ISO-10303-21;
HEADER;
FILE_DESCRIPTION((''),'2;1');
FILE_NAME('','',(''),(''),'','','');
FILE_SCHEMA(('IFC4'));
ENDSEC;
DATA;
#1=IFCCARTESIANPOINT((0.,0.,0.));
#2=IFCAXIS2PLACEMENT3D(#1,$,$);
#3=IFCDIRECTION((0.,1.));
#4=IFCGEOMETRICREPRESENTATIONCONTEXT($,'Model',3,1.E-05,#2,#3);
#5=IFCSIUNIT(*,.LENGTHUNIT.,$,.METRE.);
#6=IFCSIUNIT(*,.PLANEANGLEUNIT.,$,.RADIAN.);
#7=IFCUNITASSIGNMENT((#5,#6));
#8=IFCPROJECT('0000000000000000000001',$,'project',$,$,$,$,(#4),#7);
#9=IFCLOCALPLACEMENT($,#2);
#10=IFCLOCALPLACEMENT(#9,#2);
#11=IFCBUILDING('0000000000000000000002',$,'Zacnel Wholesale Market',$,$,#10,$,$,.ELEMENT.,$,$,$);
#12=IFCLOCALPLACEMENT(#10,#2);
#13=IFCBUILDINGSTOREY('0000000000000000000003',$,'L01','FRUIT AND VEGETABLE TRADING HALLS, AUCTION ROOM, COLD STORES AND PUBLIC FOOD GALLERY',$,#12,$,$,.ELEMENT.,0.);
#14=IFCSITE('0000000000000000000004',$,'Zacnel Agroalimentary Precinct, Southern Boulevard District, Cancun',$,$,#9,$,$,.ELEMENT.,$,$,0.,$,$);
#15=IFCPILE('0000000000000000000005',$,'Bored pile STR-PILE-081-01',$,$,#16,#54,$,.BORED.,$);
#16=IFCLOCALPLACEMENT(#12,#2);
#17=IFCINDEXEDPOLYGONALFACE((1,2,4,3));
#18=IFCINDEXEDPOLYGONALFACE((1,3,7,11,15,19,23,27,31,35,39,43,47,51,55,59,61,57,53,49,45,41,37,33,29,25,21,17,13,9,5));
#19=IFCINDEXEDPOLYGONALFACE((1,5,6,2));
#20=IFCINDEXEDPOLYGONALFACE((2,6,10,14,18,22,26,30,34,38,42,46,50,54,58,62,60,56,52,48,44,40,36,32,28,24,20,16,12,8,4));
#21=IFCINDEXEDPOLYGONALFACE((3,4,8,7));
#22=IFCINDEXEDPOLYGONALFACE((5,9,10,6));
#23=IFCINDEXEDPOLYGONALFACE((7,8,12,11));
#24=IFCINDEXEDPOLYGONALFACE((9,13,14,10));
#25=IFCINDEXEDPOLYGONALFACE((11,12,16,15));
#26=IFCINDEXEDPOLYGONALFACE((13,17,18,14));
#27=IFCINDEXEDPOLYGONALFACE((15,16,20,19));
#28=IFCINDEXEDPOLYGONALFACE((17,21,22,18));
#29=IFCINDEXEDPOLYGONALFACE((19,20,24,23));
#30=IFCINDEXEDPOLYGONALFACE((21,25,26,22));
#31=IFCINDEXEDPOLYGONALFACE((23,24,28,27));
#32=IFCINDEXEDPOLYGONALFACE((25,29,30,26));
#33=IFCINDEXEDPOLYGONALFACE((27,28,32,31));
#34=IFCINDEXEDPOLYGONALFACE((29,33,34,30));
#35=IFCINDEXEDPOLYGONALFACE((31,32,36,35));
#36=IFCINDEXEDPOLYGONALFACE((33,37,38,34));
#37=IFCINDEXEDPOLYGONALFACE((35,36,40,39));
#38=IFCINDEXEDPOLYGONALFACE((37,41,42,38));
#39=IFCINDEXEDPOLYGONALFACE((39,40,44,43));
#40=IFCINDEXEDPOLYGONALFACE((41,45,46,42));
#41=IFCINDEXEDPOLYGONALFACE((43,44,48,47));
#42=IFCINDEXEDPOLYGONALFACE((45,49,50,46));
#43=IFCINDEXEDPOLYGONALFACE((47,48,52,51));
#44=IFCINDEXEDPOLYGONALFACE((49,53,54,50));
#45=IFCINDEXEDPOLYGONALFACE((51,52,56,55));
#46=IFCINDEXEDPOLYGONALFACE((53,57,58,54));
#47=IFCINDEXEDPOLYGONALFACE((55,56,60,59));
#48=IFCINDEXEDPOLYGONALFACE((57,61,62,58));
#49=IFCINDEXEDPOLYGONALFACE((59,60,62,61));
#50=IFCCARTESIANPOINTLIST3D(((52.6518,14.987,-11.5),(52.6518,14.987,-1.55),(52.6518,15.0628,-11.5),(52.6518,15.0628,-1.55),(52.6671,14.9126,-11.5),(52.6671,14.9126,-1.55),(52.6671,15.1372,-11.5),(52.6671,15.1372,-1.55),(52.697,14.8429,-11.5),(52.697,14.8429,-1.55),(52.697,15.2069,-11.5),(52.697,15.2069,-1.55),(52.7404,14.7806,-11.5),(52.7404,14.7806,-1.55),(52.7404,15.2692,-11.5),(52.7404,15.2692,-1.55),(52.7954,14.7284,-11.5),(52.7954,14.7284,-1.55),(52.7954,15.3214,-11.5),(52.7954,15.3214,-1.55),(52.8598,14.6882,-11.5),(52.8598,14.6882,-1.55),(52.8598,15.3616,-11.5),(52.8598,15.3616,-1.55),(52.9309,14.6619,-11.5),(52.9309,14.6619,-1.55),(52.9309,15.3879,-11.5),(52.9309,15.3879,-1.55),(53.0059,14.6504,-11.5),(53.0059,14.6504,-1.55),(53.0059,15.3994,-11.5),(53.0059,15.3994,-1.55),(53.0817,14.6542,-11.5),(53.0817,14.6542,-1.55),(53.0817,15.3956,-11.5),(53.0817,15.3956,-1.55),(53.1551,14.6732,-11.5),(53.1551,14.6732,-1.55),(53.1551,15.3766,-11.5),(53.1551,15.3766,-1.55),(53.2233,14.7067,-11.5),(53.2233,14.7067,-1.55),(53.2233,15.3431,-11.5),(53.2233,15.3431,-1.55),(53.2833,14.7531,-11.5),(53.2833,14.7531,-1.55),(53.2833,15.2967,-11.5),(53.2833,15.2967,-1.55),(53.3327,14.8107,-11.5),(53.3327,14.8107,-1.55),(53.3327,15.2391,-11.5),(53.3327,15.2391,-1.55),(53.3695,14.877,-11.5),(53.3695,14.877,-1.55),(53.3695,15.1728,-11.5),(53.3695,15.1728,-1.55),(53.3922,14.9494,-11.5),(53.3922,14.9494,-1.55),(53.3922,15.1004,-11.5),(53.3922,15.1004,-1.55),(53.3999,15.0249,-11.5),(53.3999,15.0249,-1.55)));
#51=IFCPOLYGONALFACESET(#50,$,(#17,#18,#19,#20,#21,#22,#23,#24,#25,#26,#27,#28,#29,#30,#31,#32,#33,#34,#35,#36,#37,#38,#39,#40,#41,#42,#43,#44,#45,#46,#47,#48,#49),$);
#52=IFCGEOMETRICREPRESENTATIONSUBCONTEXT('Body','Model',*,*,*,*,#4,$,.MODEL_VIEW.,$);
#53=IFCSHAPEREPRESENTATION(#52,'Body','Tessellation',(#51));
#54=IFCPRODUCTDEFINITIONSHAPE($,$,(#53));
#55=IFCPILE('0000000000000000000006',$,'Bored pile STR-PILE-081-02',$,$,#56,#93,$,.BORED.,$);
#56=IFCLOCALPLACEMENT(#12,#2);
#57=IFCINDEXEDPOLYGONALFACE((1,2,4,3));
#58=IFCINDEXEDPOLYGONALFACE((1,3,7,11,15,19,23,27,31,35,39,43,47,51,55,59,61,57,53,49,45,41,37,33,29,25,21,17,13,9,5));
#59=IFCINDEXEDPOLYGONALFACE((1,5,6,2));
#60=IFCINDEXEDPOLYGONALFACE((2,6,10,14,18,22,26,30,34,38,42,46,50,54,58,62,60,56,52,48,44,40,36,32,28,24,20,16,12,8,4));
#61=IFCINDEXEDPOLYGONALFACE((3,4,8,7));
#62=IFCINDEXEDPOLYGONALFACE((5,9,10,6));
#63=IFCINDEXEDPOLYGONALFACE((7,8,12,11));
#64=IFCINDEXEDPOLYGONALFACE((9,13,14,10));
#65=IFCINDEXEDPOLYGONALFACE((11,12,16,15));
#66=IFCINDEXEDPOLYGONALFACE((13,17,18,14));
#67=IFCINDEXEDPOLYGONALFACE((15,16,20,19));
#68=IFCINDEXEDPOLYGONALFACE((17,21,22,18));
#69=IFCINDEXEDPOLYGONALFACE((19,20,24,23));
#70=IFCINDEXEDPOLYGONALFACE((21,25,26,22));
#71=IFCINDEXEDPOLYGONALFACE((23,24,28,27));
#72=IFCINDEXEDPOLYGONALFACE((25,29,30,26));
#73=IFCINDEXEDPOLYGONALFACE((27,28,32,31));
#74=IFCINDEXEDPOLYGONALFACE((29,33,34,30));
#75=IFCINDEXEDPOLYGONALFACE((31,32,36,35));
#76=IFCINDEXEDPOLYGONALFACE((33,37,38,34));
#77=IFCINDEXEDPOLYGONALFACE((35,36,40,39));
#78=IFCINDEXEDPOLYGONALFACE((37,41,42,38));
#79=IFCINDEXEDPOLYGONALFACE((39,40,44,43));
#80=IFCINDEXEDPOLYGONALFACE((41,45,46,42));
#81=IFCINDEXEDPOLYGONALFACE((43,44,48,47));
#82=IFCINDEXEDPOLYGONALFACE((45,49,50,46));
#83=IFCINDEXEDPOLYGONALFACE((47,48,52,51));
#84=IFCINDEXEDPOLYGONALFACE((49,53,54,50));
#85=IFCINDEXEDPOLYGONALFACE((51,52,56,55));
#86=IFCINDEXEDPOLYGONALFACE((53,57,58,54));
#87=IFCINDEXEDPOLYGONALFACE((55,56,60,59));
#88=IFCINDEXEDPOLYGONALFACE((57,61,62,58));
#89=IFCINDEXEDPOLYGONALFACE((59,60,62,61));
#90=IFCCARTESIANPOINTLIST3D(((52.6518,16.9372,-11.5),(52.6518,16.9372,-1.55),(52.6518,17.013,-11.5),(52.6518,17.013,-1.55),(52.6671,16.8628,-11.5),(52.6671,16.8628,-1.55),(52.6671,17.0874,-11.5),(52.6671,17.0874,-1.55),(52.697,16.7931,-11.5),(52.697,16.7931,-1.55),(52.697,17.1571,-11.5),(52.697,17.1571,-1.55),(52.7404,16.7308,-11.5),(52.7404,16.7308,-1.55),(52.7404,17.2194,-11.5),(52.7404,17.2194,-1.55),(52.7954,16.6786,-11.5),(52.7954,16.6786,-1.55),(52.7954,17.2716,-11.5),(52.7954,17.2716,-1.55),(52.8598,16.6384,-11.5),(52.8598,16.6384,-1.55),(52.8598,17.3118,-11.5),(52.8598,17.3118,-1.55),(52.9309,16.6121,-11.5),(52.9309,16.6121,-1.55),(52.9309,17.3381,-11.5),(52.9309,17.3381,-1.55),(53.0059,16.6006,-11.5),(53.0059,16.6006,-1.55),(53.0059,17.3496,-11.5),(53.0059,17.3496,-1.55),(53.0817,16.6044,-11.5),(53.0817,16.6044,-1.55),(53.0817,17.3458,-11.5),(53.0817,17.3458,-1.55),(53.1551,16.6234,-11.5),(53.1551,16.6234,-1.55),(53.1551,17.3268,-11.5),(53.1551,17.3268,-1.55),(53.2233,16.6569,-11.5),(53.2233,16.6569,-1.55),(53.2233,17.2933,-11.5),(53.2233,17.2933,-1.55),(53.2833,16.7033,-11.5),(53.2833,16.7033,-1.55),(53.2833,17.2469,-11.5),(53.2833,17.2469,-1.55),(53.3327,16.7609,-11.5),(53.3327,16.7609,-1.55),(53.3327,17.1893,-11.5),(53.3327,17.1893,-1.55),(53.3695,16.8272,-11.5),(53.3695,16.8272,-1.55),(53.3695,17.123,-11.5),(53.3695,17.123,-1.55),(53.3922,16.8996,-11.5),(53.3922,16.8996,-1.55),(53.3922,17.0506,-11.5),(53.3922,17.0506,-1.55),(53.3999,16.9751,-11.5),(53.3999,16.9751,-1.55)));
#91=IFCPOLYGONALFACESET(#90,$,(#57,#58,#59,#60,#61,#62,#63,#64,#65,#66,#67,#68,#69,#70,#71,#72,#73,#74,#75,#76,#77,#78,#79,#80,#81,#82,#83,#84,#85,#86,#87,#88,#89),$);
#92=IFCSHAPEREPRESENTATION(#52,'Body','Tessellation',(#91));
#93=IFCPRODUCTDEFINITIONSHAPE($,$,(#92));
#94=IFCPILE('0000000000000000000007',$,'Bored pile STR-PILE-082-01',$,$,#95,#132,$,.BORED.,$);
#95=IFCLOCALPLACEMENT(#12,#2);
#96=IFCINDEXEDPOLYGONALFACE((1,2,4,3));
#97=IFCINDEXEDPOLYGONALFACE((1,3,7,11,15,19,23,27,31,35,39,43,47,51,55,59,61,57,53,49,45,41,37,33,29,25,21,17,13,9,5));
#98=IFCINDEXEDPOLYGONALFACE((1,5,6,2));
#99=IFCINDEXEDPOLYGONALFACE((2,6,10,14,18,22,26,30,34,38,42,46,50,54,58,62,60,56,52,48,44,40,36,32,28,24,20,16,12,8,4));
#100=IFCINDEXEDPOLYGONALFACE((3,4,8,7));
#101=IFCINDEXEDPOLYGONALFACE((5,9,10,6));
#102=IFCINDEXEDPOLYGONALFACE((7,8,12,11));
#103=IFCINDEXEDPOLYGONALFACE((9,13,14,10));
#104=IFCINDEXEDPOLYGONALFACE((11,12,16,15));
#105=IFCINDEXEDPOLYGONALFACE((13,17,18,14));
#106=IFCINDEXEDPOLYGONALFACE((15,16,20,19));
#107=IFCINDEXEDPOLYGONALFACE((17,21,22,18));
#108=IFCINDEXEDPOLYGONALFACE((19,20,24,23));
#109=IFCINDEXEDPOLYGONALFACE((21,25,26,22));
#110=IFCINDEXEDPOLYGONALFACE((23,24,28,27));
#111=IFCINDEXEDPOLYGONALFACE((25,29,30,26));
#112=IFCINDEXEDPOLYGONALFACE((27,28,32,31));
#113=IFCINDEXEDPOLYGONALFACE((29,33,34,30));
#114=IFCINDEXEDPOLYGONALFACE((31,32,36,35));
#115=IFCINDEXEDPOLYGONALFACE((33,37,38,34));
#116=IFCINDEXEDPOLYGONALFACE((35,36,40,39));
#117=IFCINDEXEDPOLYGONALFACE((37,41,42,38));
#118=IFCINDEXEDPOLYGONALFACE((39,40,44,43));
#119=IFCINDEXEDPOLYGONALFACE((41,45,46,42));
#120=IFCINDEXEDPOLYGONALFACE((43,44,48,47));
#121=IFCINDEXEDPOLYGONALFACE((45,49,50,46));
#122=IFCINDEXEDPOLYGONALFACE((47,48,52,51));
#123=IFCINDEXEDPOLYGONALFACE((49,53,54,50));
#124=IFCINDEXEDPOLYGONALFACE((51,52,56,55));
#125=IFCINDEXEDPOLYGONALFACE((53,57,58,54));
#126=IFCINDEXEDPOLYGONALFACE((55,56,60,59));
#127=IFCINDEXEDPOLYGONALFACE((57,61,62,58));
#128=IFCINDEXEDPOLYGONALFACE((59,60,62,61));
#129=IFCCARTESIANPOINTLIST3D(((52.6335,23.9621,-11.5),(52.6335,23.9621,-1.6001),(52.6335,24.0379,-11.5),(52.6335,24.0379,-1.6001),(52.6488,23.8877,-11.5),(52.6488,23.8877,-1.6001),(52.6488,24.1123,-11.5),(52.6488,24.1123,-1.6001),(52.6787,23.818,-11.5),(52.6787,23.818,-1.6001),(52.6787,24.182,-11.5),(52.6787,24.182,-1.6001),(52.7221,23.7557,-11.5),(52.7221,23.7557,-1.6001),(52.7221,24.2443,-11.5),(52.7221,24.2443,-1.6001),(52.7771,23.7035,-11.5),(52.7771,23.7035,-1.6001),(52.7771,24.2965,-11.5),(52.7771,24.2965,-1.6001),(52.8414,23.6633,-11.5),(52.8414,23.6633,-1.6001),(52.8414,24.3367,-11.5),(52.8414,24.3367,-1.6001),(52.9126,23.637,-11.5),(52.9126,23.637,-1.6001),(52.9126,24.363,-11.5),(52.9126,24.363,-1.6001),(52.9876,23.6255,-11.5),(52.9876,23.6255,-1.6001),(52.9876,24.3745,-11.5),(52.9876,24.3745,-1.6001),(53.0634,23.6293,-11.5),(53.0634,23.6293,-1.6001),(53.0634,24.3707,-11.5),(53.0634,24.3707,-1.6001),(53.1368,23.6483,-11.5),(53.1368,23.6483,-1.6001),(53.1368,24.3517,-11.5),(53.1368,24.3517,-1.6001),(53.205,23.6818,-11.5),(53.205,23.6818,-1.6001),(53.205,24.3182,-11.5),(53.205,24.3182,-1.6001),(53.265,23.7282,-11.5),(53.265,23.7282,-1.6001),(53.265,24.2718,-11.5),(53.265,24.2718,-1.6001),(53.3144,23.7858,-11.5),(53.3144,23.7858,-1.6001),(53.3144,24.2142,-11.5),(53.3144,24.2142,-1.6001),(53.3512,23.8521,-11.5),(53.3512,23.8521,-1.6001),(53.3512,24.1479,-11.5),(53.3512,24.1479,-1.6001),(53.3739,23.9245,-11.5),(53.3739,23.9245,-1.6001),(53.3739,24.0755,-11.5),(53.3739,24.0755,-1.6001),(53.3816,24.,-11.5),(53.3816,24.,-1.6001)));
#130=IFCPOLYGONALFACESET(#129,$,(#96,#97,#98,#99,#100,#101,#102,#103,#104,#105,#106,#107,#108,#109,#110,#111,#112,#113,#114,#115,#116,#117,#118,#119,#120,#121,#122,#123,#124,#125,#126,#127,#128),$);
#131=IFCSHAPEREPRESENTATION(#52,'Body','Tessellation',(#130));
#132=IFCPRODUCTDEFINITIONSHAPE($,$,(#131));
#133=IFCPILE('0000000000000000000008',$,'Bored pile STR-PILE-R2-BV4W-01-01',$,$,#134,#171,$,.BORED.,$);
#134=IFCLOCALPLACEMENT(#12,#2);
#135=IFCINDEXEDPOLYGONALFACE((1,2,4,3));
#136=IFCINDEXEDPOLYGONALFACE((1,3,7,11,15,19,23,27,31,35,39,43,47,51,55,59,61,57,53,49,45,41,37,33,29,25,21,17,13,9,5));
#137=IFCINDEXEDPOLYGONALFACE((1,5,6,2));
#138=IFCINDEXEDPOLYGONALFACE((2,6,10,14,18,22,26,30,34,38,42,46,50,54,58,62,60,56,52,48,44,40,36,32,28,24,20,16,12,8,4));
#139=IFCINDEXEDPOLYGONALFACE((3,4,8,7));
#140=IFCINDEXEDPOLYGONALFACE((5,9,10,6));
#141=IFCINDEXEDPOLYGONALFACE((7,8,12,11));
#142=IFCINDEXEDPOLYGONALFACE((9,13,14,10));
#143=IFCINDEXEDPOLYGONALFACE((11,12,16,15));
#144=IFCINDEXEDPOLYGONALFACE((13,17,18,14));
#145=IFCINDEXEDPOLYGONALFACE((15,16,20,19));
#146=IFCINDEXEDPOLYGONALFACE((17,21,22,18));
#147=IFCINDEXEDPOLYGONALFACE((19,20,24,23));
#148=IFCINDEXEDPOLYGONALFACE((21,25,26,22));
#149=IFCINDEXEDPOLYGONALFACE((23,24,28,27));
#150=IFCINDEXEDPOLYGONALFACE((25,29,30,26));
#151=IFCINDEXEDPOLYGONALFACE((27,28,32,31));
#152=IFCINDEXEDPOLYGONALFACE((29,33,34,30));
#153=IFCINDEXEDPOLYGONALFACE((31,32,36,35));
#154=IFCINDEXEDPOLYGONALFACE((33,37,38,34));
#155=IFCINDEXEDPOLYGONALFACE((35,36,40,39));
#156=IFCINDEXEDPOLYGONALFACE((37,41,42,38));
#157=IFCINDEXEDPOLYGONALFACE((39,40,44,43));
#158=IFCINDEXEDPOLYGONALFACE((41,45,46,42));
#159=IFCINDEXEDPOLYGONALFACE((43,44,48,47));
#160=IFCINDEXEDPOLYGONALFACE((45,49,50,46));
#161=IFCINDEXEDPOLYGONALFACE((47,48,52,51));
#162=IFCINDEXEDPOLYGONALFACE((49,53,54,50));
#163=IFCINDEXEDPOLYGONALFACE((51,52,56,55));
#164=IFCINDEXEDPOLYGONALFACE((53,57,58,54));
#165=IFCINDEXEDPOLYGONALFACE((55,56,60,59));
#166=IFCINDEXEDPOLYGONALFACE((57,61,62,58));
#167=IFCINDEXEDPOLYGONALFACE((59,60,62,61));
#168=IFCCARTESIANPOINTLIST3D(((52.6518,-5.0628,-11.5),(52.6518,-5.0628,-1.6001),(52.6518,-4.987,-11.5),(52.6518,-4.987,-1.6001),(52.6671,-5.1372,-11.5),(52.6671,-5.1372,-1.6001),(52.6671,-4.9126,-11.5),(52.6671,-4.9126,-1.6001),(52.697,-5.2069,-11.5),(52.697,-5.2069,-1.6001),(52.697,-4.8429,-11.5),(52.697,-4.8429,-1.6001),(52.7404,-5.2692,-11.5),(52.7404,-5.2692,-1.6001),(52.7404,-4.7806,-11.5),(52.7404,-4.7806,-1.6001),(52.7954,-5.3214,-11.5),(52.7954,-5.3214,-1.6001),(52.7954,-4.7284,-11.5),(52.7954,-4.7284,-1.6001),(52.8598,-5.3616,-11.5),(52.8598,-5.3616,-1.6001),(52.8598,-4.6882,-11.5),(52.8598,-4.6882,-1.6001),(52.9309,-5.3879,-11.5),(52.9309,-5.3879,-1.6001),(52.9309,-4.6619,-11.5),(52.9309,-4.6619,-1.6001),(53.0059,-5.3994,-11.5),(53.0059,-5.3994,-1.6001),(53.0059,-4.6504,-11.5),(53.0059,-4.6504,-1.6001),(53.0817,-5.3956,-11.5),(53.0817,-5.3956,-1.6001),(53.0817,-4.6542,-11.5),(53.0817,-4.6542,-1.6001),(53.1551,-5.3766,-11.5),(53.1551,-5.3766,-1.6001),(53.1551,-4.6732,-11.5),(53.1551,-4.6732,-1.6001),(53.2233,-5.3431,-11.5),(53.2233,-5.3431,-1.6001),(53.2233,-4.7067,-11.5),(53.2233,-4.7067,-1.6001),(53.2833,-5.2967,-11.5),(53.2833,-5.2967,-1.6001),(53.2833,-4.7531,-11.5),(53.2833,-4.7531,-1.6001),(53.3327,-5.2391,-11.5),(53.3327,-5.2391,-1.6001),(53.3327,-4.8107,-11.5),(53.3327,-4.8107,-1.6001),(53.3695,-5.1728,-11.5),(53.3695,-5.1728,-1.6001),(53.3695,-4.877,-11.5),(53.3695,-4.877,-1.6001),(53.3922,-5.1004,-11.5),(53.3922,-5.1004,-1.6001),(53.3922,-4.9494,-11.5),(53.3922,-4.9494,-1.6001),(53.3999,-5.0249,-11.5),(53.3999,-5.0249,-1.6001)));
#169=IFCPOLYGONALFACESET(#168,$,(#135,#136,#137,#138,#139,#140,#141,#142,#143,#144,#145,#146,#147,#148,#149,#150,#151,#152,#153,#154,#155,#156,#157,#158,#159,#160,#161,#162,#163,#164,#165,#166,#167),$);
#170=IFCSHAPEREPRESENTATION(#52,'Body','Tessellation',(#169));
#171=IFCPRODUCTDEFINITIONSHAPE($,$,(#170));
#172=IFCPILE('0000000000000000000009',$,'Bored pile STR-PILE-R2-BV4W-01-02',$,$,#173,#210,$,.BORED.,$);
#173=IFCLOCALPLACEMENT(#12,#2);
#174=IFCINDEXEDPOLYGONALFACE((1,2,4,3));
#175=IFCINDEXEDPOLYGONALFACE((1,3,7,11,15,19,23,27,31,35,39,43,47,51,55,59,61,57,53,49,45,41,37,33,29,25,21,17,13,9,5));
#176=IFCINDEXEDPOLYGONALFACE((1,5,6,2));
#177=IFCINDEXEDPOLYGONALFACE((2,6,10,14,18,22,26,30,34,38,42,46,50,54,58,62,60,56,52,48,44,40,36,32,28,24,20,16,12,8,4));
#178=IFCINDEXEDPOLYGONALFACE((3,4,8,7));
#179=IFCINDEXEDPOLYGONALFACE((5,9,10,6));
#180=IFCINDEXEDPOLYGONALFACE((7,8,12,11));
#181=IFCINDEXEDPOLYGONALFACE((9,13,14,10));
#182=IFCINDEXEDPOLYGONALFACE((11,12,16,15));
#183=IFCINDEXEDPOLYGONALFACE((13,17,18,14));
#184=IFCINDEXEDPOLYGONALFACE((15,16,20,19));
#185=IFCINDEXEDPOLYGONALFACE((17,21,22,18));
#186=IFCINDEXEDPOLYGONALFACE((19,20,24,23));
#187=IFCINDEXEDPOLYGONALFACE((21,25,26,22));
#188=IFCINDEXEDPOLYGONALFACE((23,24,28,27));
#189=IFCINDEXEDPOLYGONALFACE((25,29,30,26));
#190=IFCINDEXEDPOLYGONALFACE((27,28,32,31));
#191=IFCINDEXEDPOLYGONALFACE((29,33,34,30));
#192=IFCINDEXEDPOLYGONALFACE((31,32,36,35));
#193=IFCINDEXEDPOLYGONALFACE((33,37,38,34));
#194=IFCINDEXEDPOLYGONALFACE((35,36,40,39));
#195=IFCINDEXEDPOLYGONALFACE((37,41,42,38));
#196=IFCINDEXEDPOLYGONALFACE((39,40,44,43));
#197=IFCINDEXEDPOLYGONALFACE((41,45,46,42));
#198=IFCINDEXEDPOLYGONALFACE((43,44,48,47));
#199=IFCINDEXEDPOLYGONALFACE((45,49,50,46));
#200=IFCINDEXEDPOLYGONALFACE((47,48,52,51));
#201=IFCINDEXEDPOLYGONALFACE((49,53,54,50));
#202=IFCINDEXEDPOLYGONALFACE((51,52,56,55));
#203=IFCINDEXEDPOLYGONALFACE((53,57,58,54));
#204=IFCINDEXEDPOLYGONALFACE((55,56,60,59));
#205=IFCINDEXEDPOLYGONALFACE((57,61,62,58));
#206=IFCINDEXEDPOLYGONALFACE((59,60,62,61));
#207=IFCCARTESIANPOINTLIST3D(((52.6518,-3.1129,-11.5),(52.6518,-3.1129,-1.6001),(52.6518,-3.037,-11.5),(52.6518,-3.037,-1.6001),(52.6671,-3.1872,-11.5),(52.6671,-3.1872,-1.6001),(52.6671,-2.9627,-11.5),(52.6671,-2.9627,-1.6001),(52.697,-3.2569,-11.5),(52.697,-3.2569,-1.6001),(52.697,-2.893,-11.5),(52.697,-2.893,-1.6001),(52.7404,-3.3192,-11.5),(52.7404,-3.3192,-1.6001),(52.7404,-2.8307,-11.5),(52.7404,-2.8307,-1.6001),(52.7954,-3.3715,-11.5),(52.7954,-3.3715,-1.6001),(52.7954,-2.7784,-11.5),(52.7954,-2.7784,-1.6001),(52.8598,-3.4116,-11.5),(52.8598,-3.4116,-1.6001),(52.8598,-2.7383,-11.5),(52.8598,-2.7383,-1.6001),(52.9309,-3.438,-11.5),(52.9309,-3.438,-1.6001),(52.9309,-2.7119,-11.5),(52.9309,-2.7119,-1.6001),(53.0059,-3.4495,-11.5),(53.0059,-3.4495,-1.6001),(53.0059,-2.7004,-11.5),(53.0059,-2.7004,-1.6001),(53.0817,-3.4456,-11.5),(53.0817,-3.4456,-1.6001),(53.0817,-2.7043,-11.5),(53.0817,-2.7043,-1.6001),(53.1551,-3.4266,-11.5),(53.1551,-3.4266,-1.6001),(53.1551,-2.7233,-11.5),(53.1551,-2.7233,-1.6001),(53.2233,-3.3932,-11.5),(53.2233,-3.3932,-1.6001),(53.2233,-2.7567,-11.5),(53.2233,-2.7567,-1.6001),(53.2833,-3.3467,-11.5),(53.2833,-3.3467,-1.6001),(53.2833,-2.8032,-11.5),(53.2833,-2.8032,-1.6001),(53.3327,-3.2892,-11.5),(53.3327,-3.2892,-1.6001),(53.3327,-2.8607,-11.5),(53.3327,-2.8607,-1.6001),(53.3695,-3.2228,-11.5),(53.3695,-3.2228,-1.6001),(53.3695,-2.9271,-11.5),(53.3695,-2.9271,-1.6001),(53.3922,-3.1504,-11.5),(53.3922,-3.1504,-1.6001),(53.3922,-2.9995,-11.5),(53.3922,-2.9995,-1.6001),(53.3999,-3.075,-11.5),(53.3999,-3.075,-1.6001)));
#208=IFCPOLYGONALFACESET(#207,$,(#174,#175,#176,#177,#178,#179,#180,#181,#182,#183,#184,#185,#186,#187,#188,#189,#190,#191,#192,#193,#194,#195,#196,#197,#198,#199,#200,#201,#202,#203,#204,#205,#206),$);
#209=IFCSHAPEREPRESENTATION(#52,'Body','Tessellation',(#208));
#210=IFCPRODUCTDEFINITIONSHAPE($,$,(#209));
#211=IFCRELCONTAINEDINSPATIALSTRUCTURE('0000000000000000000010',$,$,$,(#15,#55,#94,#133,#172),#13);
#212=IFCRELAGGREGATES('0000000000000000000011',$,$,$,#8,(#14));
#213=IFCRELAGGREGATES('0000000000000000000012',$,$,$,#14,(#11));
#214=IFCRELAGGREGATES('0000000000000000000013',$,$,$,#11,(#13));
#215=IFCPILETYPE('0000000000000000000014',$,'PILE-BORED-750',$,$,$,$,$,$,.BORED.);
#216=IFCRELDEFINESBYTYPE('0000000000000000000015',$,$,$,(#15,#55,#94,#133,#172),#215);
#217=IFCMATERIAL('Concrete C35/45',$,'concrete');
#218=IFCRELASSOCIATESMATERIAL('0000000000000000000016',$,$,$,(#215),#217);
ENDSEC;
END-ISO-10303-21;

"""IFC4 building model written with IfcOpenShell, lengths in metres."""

from ifc_helpers import new_model, si_unit, direction, frame, origin, origin_2d, place, context, subcontext, project, spatial, circle, extrude, material, material_profile, profile_set, type_object, element, save


model = new_model("IFC4")

# Units and contexts
model_context = context("Model", 3, precision=1e-05, world=origin(), true_north=direction((0.0, 1.0)))
body_context = subcontext(model_context, "Body", "Model", "MODEL_VIEW")
ifc_project = project(units=[si_unit("LENGTHUNIT", "METRE"), si_unit("PLANEANGLEUNIT", "RADIAN")], contexts=[model_context])

# Site, building, storey
site_placement = place(None, origin())
site = spatial("IfcSite", under=ifc_project, at=site_placement, Name="Zacnel Agroalimentary Precinct, Southern Boulevard District, Cancun", CompositionType="ELEMENT", RefElevation=0.0)
building_placement = place(site_placement, origin())
building = spatial("IfcBuilding", under=site, at=building_placement, Name="Zacnel Wholesale Market", CompositionType="ELEMENT")
storey_placement = place(building_placement, origin())
storey = spatial("IfcBuildingStorey", under=building, at=storey_placement, Name="L01", Description="FRUIT AND VEGETABLE TRADING HALLS, AUCTION ROOM, COLD STORES AND PUBLIC FOOD GALLERY", CompositionType="ELEMENT", Elevation=0.0)

# Piles
ifc_material_1 = material(Name="Concrete C35/45", Category="concrete")
ifc_material_profile_1 = material_profile(ifc_material_1, circle(Radius=0.375, at=origin_2d()), Name="BORED PILE D750")
ifc_profile_set_1 = profile_set([ifc_material_profile_1], Name="Concrete C35/45")
pile_type_1 = type_object("IfcPileType", Name="PILE-BORED-750", PredefinedType="BORED", material=ifc_profile_set_1)
for number, where, z_axis, x_axis, name in (
    (1, (53.0249, 15.0249, -1.55), (0.0, 0.0, -1.0), (1.0, 0.0, 0.0), "Bored pile STR-PILE-081-01"),
    (2, (53.0249, 16.9751, -1.55), (0.0, 0.0, -1.0), (1.0, 0.0, 0.0), "Bored pile STR-PILE-081-02"),
):
    element("IfcPile", number, at=place(storey_placement, frame(where, z_axis=z_axis, x_axis=x_axis)), inside=storey, type_object=pile_type_1, Name=name, PredefinedType="BORED", context=body_context, shape_type="SweptSolid", body=[
        extrude(circle(Radius=0.375, at=origin_2d()), origin(), (0.0, 0.0, 1.0), 9.95),
    ])
for number, where, z_axis, x_axis, name in (
    (3, (53.0066, 24.0, -1.6001), (0.0, 0.0, -1.0), (1.0, 0.0, 0.0), "Bored pile STR-PILE-082-01"),
    (4, (53.0249, -5.0249, -1.6001), (0.0, 0.0, -1.0), (1.0, 0.0, 0.0), "Bored pile STR-PILE-R2-BV4W-01-01"),
    (5, (53.0249, -3.075, -1.6001), (0.0, 0.0, -1.0), (1.0, 0.0, 0.0), "Bored pile STR-PILE-R2-BV4W-01-02"),
):
    element("IfcPile", number, at=place(storey_placement, frame(where, z_axis=z_axis, x_axis=x_axis)), inside=storey, type_object=pile_type_1, Name=name, PredefinedType="BORED", context=body_context, shape_type="SweptSolid", body=[
        extrude(circle(Radius=0.375, at=origin_2d()), origin(), (0.0, 0.0, 1.0), 9.8999),
    ])

save(model, "model.ifc")
